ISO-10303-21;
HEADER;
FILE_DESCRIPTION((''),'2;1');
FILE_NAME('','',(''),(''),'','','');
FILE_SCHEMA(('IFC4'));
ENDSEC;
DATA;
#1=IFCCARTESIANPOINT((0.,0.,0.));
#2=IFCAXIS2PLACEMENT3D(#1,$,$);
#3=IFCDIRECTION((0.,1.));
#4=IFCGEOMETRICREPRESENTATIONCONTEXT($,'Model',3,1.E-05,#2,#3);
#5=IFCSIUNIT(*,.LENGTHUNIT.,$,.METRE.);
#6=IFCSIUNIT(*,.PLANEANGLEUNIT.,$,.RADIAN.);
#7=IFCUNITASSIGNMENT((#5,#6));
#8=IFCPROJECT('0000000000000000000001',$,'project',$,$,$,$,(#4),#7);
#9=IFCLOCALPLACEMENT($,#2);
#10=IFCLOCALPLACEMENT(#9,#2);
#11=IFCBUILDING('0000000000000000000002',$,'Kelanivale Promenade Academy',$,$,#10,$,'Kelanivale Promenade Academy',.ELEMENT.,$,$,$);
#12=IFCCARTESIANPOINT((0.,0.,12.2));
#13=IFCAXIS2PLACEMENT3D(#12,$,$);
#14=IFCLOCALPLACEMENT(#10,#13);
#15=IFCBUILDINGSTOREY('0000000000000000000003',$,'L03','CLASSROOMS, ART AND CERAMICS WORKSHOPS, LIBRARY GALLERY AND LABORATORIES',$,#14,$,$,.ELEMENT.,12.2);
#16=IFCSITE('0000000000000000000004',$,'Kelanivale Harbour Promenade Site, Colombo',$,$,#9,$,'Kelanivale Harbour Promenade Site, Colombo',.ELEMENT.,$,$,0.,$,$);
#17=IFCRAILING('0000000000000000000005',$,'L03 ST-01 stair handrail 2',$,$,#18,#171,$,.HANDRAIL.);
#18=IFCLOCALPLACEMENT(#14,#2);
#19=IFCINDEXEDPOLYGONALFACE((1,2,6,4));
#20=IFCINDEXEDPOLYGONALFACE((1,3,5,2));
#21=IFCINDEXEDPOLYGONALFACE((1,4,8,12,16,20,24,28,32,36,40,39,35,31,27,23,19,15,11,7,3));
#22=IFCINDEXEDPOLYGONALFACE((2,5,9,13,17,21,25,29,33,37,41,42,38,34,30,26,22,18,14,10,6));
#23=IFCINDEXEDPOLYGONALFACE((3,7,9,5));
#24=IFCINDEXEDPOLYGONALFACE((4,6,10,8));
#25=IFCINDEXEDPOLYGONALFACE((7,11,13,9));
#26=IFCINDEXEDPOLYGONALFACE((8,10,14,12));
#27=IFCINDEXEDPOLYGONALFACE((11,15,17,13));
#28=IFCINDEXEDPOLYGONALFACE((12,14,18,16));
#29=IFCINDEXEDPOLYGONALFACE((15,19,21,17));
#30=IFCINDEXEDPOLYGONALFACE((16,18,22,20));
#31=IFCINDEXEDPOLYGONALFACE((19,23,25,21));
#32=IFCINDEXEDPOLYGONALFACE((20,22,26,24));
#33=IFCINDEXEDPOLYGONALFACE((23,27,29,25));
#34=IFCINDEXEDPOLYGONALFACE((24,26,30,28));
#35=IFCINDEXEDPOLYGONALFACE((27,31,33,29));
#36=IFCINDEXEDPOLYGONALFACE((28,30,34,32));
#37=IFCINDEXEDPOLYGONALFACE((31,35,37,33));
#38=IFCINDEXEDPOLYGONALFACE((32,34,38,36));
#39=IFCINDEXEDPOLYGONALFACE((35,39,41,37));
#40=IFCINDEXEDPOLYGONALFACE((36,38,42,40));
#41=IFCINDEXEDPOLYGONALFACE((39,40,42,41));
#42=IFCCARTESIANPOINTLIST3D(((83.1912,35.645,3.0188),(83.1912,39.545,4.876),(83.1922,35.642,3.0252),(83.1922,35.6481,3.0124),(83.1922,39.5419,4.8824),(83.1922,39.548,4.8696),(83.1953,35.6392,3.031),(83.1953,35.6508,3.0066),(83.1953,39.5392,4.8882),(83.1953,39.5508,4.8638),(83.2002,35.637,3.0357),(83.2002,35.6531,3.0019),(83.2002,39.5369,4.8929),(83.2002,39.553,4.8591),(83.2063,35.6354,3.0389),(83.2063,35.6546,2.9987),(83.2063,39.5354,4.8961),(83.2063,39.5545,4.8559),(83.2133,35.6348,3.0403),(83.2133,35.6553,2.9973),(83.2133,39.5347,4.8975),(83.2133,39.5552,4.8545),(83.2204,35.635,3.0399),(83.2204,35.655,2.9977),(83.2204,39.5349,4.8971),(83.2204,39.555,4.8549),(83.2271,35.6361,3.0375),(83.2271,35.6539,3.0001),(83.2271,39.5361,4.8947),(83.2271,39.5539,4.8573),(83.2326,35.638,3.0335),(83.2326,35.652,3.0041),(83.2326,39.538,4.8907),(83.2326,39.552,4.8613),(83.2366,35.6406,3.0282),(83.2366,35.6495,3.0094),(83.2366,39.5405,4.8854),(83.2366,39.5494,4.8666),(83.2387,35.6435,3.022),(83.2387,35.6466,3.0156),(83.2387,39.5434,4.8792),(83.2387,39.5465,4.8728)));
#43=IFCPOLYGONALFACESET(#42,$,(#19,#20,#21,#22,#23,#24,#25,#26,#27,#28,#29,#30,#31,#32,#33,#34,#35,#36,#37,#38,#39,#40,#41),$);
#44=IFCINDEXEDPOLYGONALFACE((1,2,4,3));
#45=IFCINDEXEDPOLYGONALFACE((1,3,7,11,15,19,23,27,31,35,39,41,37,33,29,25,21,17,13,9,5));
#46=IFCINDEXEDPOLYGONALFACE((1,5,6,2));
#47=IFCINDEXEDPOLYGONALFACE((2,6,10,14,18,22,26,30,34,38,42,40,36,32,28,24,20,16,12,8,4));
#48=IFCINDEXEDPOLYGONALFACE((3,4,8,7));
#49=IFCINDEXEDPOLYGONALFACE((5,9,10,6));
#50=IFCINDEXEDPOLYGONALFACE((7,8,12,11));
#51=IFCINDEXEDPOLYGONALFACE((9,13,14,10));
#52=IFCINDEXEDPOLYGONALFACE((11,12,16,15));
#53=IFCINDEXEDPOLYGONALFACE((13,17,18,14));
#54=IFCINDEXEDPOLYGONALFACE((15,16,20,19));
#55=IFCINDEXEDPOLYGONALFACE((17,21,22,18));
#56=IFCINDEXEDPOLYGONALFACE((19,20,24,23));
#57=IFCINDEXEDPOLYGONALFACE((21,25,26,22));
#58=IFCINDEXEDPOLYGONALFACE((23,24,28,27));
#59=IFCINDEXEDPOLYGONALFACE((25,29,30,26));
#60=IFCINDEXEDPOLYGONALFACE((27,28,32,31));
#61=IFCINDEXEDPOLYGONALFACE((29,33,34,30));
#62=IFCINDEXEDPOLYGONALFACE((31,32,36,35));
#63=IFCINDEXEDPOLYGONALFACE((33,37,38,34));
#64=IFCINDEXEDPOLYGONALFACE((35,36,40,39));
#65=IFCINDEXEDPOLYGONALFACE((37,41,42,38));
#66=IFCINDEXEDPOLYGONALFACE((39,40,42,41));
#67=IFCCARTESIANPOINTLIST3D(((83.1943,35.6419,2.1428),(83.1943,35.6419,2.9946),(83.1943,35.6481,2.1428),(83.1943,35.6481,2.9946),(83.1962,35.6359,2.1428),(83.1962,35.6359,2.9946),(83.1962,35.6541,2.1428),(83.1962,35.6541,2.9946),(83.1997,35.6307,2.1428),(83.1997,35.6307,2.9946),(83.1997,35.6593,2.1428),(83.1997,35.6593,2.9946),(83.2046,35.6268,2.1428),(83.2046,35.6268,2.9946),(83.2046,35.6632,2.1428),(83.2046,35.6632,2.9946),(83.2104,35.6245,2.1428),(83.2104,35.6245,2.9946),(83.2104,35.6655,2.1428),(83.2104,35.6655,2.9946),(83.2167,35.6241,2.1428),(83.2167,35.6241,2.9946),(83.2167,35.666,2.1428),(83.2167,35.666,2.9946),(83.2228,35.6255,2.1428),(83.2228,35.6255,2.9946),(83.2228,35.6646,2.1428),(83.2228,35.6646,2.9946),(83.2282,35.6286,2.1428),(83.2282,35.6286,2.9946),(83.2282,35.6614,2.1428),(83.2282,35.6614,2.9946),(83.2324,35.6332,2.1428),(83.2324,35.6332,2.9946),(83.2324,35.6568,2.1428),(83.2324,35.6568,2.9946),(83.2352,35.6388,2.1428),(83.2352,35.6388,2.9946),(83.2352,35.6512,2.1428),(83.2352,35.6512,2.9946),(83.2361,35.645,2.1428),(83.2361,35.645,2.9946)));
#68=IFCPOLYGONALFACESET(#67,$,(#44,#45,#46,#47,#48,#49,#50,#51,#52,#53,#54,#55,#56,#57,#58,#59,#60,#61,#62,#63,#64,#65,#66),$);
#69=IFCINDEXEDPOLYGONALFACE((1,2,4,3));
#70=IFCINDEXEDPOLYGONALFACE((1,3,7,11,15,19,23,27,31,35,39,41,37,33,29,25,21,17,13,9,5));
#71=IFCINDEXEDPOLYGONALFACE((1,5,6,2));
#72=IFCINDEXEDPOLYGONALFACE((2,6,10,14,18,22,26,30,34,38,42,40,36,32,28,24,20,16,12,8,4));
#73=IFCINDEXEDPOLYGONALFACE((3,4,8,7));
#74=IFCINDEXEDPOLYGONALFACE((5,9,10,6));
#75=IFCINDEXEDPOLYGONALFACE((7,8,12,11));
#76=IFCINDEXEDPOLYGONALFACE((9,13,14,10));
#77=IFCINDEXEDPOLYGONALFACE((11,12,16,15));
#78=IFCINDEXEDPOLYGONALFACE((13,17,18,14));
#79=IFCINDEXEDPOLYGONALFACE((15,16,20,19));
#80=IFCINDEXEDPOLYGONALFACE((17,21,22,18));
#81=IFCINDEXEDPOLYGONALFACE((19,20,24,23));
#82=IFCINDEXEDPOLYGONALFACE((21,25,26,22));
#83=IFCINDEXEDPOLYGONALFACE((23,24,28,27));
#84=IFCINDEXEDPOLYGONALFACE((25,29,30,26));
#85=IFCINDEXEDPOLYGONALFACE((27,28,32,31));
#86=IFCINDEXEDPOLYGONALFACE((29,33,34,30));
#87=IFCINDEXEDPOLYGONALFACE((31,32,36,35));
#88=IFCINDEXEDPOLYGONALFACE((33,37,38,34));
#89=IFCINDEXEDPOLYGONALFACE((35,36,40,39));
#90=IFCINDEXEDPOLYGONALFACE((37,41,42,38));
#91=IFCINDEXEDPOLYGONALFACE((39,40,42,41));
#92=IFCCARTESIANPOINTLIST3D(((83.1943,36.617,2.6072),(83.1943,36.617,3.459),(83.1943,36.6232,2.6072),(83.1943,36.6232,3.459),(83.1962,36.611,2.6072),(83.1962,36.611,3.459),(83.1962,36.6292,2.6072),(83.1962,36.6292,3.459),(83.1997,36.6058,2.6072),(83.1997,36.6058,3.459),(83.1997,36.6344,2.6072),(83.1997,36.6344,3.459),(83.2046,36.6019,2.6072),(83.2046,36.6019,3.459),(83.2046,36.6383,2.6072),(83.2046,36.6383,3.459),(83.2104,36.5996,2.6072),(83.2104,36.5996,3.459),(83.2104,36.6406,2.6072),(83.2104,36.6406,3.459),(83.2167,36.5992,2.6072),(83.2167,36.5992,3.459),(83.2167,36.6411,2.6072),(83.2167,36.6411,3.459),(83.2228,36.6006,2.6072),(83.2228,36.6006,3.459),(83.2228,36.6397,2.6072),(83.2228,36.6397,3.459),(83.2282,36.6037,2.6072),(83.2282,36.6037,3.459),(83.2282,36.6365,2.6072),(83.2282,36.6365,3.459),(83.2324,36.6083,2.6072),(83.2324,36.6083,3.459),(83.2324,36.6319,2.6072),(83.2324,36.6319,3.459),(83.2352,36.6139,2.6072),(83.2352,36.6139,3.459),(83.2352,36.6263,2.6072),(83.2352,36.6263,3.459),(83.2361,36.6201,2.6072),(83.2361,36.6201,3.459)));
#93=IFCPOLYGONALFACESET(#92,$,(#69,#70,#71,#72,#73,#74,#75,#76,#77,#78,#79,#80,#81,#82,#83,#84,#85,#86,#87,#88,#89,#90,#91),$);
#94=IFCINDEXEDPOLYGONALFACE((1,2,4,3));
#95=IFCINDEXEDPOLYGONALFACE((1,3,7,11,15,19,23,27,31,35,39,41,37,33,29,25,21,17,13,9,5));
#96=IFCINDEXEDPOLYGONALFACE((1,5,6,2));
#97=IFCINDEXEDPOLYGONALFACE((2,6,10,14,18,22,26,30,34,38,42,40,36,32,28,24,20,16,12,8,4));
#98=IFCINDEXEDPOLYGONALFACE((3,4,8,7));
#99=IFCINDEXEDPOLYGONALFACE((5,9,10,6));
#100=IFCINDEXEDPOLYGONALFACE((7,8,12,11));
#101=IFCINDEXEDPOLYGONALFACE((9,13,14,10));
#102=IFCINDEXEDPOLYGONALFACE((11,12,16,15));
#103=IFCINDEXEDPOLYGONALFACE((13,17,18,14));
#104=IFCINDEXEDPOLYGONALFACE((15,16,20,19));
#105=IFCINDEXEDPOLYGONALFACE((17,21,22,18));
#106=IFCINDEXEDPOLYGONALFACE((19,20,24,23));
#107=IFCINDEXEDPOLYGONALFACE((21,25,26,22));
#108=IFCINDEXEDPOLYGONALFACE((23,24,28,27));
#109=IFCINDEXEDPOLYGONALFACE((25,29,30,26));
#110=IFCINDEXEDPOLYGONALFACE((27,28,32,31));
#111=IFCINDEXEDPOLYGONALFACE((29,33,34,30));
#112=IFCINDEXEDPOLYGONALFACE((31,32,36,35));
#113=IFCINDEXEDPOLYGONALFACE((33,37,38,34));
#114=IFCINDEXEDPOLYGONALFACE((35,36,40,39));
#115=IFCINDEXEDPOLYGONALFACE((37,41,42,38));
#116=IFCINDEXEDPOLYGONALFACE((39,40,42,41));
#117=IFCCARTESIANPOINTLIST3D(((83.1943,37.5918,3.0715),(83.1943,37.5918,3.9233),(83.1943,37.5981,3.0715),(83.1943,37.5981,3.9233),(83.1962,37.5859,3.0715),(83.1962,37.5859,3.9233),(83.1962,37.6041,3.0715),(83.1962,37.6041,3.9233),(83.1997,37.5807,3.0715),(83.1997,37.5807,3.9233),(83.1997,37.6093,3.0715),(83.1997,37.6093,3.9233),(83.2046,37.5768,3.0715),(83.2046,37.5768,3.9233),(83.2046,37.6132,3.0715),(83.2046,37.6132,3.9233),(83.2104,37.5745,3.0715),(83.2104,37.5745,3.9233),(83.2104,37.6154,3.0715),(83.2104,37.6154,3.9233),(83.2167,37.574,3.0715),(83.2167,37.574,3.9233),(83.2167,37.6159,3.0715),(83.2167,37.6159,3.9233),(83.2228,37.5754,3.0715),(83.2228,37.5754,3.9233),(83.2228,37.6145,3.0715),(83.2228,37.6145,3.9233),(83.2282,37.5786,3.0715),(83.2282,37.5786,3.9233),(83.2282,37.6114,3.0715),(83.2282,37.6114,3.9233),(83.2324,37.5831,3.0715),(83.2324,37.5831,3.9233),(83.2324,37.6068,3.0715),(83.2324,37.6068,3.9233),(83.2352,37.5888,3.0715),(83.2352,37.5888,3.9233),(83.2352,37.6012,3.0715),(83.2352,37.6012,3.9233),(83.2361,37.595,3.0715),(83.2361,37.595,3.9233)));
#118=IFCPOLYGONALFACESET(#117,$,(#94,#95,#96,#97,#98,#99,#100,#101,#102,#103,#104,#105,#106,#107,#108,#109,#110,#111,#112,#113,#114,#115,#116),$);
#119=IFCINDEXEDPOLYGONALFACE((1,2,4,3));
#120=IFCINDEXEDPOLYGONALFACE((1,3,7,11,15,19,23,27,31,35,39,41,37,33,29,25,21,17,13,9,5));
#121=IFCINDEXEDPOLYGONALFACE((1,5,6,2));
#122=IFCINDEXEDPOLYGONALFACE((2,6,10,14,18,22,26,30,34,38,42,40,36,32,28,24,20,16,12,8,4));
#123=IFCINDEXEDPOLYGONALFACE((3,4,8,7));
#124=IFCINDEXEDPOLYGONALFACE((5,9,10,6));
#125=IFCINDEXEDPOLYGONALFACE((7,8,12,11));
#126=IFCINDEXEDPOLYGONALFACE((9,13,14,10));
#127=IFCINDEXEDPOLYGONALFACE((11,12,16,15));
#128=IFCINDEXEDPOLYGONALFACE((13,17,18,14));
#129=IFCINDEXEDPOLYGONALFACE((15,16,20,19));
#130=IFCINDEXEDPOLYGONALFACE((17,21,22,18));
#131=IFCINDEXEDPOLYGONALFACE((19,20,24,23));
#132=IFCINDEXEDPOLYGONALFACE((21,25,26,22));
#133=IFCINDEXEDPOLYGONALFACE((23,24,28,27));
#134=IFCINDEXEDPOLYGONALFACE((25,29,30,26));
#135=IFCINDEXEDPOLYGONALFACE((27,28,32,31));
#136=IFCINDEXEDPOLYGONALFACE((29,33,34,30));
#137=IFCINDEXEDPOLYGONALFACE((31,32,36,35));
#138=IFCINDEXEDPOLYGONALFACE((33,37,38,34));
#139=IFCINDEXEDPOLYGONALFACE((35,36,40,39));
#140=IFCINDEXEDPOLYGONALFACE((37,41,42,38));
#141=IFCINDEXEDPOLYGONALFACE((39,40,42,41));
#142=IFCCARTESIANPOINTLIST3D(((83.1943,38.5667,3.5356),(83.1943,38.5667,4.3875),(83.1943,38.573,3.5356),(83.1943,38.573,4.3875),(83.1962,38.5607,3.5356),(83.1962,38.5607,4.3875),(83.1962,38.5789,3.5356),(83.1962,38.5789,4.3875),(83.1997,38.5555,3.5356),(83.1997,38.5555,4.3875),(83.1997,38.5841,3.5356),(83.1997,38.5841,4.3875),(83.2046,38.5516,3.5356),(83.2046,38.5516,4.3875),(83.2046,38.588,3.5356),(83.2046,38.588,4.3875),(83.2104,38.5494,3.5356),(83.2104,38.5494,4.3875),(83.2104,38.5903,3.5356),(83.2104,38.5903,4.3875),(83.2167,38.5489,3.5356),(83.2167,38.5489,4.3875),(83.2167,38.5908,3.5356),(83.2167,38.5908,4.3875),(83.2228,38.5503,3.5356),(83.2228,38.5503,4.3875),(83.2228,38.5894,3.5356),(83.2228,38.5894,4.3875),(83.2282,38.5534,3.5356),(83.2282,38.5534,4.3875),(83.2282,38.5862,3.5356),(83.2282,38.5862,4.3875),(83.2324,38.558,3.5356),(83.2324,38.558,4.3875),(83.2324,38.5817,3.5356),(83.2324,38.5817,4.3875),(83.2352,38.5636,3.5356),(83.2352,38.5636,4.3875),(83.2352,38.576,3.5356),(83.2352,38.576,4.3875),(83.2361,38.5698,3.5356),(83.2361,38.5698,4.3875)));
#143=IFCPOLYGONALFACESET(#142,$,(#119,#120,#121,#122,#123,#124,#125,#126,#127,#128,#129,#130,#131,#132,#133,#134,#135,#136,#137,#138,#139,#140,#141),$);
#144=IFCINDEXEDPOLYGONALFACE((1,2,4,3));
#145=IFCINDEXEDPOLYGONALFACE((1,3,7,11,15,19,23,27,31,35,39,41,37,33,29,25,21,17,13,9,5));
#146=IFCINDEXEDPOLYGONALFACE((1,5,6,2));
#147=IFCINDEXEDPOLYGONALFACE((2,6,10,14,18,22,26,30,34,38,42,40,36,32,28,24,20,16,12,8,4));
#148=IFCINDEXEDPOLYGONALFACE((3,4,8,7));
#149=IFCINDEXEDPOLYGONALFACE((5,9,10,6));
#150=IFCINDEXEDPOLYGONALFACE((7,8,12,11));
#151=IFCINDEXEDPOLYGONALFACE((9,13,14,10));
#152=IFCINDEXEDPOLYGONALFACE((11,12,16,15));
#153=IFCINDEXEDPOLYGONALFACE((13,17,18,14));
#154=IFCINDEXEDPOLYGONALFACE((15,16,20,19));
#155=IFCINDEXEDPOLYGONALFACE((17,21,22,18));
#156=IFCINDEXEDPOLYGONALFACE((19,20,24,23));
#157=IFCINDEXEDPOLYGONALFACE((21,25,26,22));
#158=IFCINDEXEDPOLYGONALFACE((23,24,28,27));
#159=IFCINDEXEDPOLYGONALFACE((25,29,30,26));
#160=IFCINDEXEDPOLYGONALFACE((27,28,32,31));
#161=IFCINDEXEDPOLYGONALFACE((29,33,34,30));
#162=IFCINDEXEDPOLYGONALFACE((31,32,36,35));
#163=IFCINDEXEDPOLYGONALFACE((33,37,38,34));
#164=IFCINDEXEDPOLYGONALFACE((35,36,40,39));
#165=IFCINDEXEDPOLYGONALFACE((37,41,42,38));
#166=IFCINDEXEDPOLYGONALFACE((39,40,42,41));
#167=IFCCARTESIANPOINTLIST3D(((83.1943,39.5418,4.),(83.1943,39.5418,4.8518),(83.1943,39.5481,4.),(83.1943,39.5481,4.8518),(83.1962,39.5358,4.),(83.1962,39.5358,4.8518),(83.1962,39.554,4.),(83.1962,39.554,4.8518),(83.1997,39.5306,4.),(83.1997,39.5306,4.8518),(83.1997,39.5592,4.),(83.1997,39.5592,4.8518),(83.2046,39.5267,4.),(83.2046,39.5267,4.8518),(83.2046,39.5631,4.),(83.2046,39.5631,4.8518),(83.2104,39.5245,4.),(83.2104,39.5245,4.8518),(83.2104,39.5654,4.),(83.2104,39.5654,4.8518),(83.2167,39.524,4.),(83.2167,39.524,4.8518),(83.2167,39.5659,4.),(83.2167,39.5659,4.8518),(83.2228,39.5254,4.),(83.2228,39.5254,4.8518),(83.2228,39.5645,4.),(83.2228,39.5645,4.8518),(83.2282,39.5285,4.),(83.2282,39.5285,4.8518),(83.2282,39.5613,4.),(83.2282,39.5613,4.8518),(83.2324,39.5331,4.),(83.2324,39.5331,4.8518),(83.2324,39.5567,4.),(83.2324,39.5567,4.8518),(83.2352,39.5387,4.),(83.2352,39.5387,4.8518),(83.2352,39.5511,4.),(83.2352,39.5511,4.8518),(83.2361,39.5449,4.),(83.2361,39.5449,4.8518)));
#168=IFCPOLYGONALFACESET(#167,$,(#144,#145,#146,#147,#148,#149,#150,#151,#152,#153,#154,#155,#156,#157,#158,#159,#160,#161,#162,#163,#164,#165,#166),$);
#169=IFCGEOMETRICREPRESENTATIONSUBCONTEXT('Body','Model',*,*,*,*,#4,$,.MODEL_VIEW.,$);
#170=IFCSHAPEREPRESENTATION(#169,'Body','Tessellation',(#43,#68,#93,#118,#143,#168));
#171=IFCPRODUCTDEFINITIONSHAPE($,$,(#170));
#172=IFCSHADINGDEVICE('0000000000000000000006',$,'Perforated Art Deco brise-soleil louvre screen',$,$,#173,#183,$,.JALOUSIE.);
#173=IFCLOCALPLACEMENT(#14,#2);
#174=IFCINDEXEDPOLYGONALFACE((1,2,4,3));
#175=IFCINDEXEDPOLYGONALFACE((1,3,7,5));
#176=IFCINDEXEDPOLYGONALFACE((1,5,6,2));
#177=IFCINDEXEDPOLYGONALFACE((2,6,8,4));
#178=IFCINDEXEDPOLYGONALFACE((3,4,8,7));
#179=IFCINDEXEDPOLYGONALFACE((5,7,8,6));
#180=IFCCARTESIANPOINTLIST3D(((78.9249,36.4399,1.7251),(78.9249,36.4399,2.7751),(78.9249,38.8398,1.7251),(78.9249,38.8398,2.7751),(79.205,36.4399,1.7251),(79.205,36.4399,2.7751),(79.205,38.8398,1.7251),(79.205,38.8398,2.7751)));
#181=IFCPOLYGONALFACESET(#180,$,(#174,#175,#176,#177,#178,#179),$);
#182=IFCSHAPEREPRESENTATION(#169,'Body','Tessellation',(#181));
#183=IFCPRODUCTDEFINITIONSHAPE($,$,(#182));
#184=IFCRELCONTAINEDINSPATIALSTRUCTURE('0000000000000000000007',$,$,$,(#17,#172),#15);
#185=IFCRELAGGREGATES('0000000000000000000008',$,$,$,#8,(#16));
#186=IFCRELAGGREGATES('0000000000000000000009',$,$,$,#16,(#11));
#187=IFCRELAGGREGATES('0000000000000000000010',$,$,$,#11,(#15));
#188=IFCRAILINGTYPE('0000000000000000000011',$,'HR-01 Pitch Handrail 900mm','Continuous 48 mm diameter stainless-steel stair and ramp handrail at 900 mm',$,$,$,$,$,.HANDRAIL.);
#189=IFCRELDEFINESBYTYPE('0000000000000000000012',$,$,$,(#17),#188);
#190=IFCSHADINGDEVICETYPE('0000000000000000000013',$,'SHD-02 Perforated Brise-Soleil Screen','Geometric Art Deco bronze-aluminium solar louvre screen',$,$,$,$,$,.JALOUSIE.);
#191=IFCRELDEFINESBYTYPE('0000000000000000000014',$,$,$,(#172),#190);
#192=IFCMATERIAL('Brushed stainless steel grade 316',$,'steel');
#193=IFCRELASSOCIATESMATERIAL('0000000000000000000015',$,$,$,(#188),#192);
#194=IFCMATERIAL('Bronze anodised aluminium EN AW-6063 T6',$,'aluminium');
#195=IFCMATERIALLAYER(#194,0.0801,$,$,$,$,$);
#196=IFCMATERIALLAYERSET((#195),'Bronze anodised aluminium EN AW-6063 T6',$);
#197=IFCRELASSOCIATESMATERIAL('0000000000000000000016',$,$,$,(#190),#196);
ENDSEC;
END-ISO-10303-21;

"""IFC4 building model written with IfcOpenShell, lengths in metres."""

from ifc_helpers import new_model, si_unit, direction, frame, origin, origin_2d, place, context, subcontext, project, spatial, rectangle, circle, extrude, material, layer, layer_set, type_object, element, save


model = new_model("IFC4")

# Units and contexts
model_context = context("Model", 3, precision=1e-05, world=origin(), true_north=direction((0.0, 1.0)))
body_context = subcontext(model_context, "Body", "Model", "MODEL_VIEW")
ifc_project = project(units=[si_unit("LENGTHUNIT", "METRE"), si_unit("PLANEANGLEUNIT", "RADIAN")], contexts=[model_context])

# Site, building, storey
site_placement = place(None, origin())
site = spatial("IfcSite", under=ifc_project, at=site_placement, Name="Kelanivale Harbour Promenade Site, Colombo", LongName="Kelanivale Harbour Promenade Site, Colombo", CompositionType="ELEMENT", RefElevation=0.0)
building_placement = place(site_placement, origin())
building = spatial("IfcBuilding", under=site, at=building_placement, Name="Kelanivale Promenade Academy", LongName="Kelanivale Promenade Academy", CompositionType="ELEMENT")
storey_placement = place(building_placement, frame((0.0, 0.0, 12.2)))
storey = spatial("IfcBuildingStorey", under=building, at=storey_placement, Name="L03", Description="CLASSROOMS, ART AND CERAMICS WORKSHOPS, LIBRARY GALLERY AND LABORATORIES", CompositionType="ELEMENT", Elevation=12.2)

# Railing
ifc_material_1 = material(Name="Brushed stainless steel grade 316", Category="steel")
railing_type_1 = type_object("IfcRailingType", Name="HR-01 Pitch Handrail 900mm", Description="Continuous 48 mm diameter stainless-steel stair and ramp handrail at 900 mm", PredefinedType="HANDRAIL", material=ifc_material_1)
railing_1_placement = place(storey_placement, frame((83.2151, 35.645, 2.1428)))
element("IfcRailing", 1, at=railing_1_placement, inside=storey, type_object=railing_type_1, Name="L03 ST-01 stair handrail 2", PredefinedType="HANDRAIL", context=body_context, shape_type="SweptSolid", body=[
    extrude(circle(Radius=0.0239, at=origin_2d()), frame((0.0, 0.0, 0.876), z_axis=(0.0, 0.902853, 0.429949), x_axis=(-1.0, 0.0, 0.0)), (0.0, 0.0, 1.0), 4.3196),
    extrude(circle(Radius=0.021, at=origin_2d()), origin(), (0.0, 0.0, 1.0), 0.8518),
    extrude(circle(Radius=0.021, at=origin_2d()), frame((0.0, 0.9751, 0.4644)), (0.0, 0.0, 1.0), 0.8518),
    extrude(circle(Radius=0.021, at=origin_2d()), frame((0.0, 1.95, 0.9287)), (0.0, 0.0, 1.0), 0.8518),
    extrude(circle(Radius=0.021, at=origin_2d()), frame((0.0, 2.9248, 1.3928)), (0.0, 0.0, 1.0), 0.8518),
    extrude(circle(Radius=0.021, at=origin_2d()), frame((0.0, 3.8999, 1.8572)), (0.0, 0.0, 1.0), 0.8518),
])

# Shading device
ifc_material_2 = material(Name="Bronze anodised aluminium EN AW-6063 T6", Category="aluminium")
ifc_layer_1 = layer(ifc_material_2, 0.0801)
ifc_layer_set_1 = layer_set([ifc_layer_1], Name="Bronze anodised aluminium EN AW-6063 T6")
shading_device_type = type_object("IfcShadingDeviceType", Name="SHD-02 Perforated Brise-Soleil Screen", Description="Geometric Art Deco bronze-aluminium solar louvre screen", PredefinedType="JALOUSIE", material=ifc_layer_set_1)
shading_device_placement = place(storey_placement, frame((79.0649, 37.6399, 1.7251), z_axis=(0.0, 0.0, 1.0), x_axis=(0.0, -1.0, 0.0)))
element("IfcShadingDevice", 2, at=shading_device_placement, inside=storey, type_object=shading_device_type, Name="Perforated Art Deco brise-soleil louvre screen", PredefinedType="JALOUSIE", context=body_context, shape_type="SweptSolid", body=[
    extrude(rectangle(XDim=2.3999, YDim=0.28, at=origin_2d()), origin(), (0.0, 0.0, 1.0), 1.05),
])

save(model, "model.ifc")
